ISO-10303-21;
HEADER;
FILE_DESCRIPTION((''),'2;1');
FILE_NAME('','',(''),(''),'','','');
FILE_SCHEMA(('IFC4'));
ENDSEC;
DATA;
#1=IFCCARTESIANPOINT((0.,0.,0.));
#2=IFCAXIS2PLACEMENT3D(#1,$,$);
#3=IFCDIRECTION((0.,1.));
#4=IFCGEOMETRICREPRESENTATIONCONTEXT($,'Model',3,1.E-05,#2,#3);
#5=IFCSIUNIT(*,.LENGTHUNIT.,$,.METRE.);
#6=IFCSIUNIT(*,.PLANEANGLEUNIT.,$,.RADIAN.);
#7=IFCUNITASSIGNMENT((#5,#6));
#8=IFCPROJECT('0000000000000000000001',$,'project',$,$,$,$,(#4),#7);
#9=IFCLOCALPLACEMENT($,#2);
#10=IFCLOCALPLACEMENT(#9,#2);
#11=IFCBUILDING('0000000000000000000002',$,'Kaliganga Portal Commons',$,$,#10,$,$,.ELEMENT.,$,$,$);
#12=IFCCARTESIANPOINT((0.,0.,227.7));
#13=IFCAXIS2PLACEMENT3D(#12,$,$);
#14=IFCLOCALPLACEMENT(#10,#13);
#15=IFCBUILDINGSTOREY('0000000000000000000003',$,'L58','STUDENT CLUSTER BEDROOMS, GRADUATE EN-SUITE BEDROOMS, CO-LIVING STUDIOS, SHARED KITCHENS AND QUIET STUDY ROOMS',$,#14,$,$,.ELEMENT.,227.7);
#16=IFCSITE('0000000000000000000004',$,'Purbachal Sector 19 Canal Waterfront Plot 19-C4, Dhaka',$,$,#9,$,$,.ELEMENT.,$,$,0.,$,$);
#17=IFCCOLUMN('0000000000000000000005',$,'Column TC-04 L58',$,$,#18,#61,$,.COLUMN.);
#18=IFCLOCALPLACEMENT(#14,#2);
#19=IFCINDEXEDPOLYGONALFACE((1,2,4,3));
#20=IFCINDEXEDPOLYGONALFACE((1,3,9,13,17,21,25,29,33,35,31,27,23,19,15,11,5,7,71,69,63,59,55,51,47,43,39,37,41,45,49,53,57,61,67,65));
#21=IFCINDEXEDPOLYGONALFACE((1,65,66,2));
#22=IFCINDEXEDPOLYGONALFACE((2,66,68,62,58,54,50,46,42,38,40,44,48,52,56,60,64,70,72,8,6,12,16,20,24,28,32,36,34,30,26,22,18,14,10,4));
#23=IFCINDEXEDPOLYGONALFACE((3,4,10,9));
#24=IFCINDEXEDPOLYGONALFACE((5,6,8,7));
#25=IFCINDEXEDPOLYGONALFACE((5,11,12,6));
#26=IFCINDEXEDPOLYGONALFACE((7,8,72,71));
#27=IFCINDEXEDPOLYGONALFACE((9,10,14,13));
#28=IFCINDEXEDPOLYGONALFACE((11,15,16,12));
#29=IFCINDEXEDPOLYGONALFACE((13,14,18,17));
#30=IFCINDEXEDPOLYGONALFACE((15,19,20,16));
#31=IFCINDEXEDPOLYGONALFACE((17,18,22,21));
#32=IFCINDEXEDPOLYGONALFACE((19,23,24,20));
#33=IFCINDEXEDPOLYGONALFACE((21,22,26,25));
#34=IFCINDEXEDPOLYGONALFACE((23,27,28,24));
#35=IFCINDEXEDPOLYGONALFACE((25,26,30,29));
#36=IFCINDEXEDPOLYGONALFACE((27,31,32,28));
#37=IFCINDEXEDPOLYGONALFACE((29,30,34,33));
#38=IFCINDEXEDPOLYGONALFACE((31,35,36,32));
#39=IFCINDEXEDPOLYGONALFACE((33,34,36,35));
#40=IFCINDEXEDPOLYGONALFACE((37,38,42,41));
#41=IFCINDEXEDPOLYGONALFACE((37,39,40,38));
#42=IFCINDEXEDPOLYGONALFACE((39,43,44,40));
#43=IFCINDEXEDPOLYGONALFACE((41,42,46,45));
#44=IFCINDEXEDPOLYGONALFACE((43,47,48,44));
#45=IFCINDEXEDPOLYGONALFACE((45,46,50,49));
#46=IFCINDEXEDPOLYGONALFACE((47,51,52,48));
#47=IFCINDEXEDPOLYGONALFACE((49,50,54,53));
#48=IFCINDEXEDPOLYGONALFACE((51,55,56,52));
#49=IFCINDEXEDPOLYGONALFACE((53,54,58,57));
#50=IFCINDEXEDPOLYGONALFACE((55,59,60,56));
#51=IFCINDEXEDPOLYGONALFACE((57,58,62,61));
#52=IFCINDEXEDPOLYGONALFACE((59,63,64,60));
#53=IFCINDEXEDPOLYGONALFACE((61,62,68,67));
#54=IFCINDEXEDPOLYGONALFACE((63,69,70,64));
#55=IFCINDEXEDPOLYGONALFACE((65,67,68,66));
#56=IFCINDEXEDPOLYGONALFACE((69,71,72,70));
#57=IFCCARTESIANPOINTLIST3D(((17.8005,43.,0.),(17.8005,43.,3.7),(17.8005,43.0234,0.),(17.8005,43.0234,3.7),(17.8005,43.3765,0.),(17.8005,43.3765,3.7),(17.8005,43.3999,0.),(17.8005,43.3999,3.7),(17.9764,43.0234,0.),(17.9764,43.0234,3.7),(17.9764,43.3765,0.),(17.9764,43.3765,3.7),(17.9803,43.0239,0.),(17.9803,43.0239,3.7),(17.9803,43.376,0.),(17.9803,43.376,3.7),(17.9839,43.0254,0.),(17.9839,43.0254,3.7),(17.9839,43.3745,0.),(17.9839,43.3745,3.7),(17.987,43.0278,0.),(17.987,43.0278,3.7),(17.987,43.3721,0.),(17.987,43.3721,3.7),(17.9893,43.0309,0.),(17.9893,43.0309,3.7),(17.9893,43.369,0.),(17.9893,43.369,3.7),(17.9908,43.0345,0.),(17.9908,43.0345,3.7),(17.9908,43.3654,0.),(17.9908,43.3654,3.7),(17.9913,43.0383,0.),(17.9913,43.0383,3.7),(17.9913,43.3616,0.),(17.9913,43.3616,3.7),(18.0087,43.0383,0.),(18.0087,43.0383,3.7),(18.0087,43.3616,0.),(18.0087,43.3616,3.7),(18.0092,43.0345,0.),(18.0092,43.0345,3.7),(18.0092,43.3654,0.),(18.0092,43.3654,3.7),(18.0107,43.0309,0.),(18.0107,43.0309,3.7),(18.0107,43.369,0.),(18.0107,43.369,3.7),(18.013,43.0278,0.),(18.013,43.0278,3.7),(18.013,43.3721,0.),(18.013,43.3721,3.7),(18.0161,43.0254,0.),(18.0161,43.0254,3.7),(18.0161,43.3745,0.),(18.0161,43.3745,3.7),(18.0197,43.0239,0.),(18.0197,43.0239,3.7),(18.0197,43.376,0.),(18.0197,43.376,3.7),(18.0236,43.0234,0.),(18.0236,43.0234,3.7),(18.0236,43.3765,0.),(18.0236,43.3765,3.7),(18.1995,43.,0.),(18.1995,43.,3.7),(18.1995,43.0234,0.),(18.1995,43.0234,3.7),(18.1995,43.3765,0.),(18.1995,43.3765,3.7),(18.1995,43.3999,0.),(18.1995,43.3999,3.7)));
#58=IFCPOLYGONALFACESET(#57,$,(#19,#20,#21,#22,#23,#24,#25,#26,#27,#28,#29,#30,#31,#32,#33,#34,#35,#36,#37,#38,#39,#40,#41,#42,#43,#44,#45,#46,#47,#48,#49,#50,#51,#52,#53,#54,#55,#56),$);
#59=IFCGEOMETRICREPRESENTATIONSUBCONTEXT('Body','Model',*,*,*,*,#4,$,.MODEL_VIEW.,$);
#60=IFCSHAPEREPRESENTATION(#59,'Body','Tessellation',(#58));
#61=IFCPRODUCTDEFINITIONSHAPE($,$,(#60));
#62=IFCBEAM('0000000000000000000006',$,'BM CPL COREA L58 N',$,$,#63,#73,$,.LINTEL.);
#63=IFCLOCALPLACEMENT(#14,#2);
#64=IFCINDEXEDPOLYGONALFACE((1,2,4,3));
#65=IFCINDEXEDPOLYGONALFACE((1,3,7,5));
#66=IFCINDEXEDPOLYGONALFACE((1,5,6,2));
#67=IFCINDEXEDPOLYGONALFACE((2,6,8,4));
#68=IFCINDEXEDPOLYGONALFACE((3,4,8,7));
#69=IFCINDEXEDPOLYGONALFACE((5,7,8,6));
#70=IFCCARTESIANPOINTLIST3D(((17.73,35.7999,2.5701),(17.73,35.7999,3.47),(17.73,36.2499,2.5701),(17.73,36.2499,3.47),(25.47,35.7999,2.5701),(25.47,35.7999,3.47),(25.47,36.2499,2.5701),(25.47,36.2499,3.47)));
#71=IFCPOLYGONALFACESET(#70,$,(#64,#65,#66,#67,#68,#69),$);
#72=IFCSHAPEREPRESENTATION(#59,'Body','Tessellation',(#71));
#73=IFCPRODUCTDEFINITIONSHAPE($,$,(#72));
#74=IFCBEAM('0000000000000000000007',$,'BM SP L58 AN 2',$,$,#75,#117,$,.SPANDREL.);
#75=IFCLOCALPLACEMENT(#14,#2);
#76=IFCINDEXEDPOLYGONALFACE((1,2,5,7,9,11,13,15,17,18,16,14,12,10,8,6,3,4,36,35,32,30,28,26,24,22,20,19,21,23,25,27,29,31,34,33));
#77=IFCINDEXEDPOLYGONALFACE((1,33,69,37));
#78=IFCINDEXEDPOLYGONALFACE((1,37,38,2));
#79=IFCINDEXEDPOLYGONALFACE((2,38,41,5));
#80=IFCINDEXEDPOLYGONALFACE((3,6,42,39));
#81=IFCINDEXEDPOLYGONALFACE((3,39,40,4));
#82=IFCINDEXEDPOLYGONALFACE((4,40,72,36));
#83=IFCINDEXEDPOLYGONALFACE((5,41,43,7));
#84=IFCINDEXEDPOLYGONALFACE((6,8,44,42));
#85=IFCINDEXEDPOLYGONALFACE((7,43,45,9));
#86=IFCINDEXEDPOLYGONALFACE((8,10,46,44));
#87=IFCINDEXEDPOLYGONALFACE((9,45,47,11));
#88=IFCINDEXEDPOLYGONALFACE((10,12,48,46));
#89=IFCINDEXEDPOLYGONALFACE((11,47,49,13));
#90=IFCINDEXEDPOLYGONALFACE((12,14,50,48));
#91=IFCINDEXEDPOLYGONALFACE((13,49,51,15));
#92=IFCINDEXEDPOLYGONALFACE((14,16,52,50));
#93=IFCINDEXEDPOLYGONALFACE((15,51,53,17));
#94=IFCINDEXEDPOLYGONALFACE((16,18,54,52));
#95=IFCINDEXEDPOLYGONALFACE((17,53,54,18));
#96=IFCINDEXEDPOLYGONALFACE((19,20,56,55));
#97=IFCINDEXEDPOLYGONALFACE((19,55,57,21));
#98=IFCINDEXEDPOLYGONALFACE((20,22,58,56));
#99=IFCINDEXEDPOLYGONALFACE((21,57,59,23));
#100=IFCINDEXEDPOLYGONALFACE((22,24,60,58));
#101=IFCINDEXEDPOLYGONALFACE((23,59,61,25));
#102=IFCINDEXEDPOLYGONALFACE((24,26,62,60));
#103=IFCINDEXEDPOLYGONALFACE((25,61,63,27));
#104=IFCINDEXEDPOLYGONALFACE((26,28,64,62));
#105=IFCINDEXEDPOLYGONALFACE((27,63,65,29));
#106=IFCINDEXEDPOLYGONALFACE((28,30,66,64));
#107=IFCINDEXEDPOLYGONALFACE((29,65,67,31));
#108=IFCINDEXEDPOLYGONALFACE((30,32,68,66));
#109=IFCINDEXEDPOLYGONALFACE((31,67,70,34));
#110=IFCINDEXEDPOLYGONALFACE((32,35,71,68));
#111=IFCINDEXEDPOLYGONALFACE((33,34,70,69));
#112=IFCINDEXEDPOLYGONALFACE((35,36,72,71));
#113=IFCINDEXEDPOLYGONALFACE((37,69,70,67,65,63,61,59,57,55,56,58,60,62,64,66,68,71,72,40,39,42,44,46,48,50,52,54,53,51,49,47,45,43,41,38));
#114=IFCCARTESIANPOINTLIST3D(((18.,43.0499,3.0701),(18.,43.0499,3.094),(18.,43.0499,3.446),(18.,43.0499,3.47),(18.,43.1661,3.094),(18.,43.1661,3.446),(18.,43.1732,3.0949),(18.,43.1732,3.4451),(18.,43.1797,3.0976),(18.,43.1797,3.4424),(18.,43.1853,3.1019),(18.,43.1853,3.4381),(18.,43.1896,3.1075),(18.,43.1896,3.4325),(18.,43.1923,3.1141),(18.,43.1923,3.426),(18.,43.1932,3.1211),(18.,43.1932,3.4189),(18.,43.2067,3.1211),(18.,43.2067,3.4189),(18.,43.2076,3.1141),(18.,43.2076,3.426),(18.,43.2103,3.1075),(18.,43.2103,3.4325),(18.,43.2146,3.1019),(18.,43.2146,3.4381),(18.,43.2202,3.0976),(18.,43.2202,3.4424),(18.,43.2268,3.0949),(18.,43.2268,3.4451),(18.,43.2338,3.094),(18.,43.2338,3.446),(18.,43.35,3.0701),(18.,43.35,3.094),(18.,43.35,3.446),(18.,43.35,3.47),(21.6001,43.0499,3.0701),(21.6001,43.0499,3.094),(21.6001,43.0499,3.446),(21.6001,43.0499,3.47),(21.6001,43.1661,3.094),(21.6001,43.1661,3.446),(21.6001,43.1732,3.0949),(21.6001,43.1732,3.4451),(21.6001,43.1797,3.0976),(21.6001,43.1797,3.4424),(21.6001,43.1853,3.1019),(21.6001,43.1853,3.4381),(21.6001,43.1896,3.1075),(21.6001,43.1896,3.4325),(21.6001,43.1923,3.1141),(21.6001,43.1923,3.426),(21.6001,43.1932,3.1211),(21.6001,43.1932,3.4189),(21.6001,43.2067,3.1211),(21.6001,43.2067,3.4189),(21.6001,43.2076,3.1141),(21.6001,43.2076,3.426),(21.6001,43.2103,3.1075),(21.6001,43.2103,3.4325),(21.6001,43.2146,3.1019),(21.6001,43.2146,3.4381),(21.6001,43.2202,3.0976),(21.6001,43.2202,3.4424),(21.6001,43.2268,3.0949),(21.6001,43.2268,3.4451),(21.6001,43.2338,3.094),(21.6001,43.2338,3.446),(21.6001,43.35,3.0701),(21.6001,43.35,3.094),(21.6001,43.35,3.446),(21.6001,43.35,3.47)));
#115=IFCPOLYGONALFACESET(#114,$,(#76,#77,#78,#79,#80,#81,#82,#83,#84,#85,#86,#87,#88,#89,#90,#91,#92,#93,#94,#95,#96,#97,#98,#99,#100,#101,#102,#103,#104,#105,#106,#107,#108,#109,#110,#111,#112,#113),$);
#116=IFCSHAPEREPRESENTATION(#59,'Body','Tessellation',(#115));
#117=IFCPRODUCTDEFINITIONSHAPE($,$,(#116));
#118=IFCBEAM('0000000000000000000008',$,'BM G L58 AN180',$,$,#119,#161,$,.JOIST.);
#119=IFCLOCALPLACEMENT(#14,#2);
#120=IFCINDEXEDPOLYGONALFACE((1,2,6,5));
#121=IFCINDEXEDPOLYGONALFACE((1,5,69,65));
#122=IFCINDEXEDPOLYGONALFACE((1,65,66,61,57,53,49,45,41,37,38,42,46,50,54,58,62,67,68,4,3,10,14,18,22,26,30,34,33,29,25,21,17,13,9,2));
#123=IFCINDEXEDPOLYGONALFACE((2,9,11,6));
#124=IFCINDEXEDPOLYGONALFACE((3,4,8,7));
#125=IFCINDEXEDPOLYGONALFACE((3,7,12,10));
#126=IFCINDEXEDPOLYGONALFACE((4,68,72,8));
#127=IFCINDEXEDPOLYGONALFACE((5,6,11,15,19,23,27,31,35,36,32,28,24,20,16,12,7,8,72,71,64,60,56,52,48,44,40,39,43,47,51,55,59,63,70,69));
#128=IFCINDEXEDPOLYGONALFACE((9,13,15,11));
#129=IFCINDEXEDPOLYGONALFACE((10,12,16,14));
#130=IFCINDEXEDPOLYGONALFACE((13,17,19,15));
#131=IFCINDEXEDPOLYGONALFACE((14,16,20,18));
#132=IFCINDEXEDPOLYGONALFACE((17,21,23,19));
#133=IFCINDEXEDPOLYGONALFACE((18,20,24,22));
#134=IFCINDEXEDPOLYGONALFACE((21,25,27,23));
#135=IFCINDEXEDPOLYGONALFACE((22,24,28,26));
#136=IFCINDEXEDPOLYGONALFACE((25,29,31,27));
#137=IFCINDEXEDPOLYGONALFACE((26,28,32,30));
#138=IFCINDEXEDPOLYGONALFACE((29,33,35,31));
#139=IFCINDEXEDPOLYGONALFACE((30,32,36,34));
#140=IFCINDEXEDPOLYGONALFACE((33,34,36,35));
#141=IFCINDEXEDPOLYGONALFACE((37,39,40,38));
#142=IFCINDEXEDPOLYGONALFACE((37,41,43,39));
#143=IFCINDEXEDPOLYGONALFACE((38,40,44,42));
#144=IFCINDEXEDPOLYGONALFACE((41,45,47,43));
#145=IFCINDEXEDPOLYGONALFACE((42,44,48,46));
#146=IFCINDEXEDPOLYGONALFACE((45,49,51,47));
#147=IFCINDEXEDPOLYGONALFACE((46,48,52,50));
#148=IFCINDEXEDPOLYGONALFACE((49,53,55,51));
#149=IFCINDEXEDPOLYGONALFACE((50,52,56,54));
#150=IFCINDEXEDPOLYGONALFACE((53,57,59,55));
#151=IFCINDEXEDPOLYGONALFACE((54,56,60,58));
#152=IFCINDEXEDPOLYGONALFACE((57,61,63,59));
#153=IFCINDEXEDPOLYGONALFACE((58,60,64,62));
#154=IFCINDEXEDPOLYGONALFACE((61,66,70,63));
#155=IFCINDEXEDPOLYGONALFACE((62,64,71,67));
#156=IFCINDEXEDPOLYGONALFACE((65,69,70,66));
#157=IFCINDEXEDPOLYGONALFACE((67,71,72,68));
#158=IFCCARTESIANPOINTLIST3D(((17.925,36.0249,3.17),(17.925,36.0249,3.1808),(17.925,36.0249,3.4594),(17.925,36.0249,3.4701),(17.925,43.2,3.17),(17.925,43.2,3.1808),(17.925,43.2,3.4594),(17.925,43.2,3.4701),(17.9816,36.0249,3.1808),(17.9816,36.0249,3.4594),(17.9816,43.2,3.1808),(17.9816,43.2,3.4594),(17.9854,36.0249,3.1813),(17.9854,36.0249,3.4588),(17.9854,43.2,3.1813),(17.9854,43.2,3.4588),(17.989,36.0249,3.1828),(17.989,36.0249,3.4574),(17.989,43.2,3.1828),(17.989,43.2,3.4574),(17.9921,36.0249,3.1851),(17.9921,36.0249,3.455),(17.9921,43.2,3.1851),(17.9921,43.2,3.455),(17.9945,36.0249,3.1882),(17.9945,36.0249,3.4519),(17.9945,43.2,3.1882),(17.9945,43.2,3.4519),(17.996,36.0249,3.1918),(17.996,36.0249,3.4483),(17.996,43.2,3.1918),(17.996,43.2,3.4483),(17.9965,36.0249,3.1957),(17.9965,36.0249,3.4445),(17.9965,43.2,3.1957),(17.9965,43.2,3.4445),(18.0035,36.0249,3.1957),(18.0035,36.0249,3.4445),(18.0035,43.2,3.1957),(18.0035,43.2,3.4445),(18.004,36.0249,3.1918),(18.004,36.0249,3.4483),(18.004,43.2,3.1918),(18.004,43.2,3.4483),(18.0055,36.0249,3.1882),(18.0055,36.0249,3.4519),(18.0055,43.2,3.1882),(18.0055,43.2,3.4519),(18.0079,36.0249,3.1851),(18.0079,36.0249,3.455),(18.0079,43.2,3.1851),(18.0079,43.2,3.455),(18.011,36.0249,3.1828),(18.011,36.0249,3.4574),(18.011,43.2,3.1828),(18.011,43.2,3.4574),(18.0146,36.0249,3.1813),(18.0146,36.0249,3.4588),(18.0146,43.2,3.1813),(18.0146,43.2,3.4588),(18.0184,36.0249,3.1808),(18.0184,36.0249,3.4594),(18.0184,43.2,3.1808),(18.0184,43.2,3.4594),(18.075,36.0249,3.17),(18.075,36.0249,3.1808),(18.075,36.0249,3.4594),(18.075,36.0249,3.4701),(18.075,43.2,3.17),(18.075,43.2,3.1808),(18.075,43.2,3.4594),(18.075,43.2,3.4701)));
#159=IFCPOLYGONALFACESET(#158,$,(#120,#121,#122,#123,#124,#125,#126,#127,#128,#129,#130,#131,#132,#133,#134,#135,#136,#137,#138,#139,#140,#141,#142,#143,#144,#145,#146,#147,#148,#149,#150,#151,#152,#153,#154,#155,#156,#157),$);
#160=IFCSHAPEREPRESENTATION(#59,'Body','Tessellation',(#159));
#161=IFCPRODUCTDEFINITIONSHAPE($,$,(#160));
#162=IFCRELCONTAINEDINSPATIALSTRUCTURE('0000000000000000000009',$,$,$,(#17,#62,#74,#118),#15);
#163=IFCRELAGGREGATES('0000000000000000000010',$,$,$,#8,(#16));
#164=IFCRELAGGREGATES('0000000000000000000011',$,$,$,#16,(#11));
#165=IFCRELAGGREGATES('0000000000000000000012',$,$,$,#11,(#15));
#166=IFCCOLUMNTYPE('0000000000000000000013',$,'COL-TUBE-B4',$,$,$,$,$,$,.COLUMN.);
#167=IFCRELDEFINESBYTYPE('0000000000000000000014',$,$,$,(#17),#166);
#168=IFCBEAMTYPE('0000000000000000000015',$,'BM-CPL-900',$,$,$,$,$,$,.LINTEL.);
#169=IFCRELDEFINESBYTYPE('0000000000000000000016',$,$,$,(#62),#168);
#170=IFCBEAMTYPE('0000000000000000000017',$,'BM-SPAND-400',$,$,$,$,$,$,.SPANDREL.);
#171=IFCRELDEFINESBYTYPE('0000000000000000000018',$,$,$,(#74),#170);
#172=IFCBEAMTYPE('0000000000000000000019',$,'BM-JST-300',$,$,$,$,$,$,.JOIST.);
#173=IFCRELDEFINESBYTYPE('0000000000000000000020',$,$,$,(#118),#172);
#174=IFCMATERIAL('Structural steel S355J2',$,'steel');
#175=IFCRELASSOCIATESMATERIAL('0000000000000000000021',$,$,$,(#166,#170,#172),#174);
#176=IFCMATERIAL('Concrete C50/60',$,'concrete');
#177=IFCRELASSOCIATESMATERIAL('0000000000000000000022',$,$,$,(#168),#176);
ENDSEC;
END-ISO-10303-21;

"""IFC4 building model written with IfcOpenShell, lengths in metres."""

from ifc_helpers import new_model, si_unit, direction, frame, origin, origin_2d, place, context, subcontext, project, spatial, rectangle, i_section, extrude, source, transform, mapped, material, material_profile, profile_set, type_object, element, save


model = new_model("IFC4")

# Units and contexts
model_context = context("Model", 3, precision=1e-05, world=origin(), true_north=direction((0.0, 1.0)))
body_context = subcontext(model_context, "Body", "Model", "MODEL_VIEW")
ifc_project = project(units=[si_unit("LENGTHUNIT", "METRE"), si_unit("PLANEANGLEUNIT", "RADIAN")], contexts=[model_context])

# Site, building, storey
site_placement = place(None, origin())
site = spatial("IfcSite", under=ifc_project, at=site_placement, Name="Purbachal Sector 19 Canal Waterfront Plot 19-C4, Dhaka", CompositionType="ELEMENT", RefElevation=0.0)
building_placement = place(site_placement, origin())
building = spatial("IfcBuilding", under=site, at=building_placement, Name="Kaliganga Portal Commons", CompositionType="ELEMENT")
storey_placement = place(building_placement, frame((0.0, 0.0, 227.7)))
storey = spatial("IfcBuildingStorey", under=building, at=storey_placement, Name="L58", Description="STUDENT CLUSTER BEDROOMS, GRADUATE EN-SUITE BEDROOMS, CO-LIVING STUDIOS, SHARED KITCHENS AND QUIET STUDY ROOMS", CompositionType="ELEMENT", Elevation=227.7)

# Column
ifc_material_1 = material(Name="Structural steel S355J2", Category="steel")
ifc_material_profile_1 = material_profile(ifc_material_1, i_section(OverallWidth=0.3989, OverallDepth=0.3999, WebThickness=0.0173, FlangeThickness=0.0234, FilletRadius=0.0149, at=origin_2d()), Name="HD 400x287")
ifc_profile_set_1 = profile_set([ifc_material_profile_1], Name="Structural steel S355J2 wide-flange")
column_type = type_object("IfcColumnType", Name="COL-TUBE-B4", PredefinedType="COLUMN", material=ifc_profile_set_1)
shared_shape_1 = source(origin(), body_context, "Body", "SweptSolid", [
    extrude(i_section(OverallWidth=0.3989, OverallDepth=0.3999, WebThickness=0.0173, FlangeThickness=0.0234, FilletRadius=0.0149, at=origin_2d()), origin(), (0.0, 0.0, 1.0), 3.7),
])
column_placement = place(storey_placement, frame((18.0, 43.2, 0.0), z_axis=(0.0, 0.0, 1.0), x_axis=(1.0, 0.0, 0.0)))
element("IfcColumn", 1, at=column_placement, inside=storey, type_object=column_type, Name="Column TC-04 L58", PredefinedType="COLUMN", context=body_context, shape_type="MappedRepresentation", body=[
    mapped(shared_shape_1, transform((0.0, 0.0, 0.0), x_axis=(1.0, 0.0, 0.0), y_axis=(0.0, 1.0, 0.0), z_axis=(0.0, 0.0, 1.0), scale=1.0)),
])

# Beams
ifc_material_2 = material(Name="Concrete C50/60", Category="concrete")
ifc_material_profile_2 = material_profile(ifc_material_2, rectangle(XDim=0.45, YDim=0.8999, at=origin_2d()), Name="RC 450x900")
ifc_profile_set_2 = profile_set([ifc_material_profile_2], Name="Concrete C50/60")
beam_type_1 = type_object("IfcBeamType", Name="BM-CPL-900", PredefinedType="LINTEL", material=ifc_profile_set_2)
shared_shape_2 = source(origin(), body_context, "Body", "SweptSolid", [
    extrude(rectangle(XDim=0.45, YDim=0.8999, at=origin_2d()), origin(), (0.0, 0.0, 1.0), 7.74),
])
beam_1_placement = place(storey_placement, frame((17.73, 36.0249, 3.02), z_axis=(1.0, 0.0, 0.0), x_axis=(0.0, 1.0, 0.0)))
element("IfcBeam", 2, at=beam_1_placement, inside=storey, type_object=beam_type_1, Name="BM CPL COREA L58 N", PredefinedType="LINTEL", context=body_context, shape_type="MappedRepresentation", body=[
    mapped(shared_shape_2, transform((0.0, 0.0, 0.0), x_axis=(1.0, 0.0, 0.0), y_axis=(0.0, 1.0, 0.0), z_axis=(0.0, 0.0, 1.0), scale=1.0)),
])
ifc_material_profile_3 = material_profile(ifc_material_1, i_section(OverallWidth=0.3, OverallDepth=0.3999, WebThickness=0.0134, FlangeThickness=0.0239, FilletRadius=0.0271, at=origin_2d()), Name="HE 400 B")
ifc_profile_set_3 = profile_set([ifc_material_profile_3], Name="Structural steel S355J2 wide-flange")
beam_type_2 = type_object("IfcBeamType", Name="BM-SPAND-400", PredefinedType="SPANDREL", material=ifc_profile_set_3)
shared_shape_3 = source(origin(), body_context, "Body", "SweptSolid", [
    extrude(i_section(OverallWidth=0.3, OverallDepth=0.3999, WebThickness=0.0134, FlangeThickness=0.0239, FilletRadius=0.0271, at=origin_2d()), origin(), (0.0, 0.0, 1.0), 3.6001),
])
beam_2_placement = place(storey_placement, frame((18.0, 43.2, 3.27), z_axis=(1.0, 0.0, 0.0), x_axis=(0.0, 1.0, 0.0)))
element("IfcBeam", 3, at=beam_2_placement, inside=storey, type_object=beam_type_2, Name="BM SP L58 AN 2", PredefinedType="SPANDREL", context=body_context, shape_type="MappedRepresentation", body=[
    mapped(shared_shape_3, transform((0.0, 0.0, 0.0), x_axis=(1.0, 0.0, 0.0), y_axis=(0.0, 1.0, 0.0), z_axis=(0.0, 0.0, 1.0), scale=1.0)),
])
ifc_material_profile_4 = material_profile(ifc_material_1, i_section(OverallWidth=0.1499, OverallDepth=0.3, WebThickness=0.0071, FlangeThickness=0.0107, FilletRadius=0.0149, at=origin_2d()), Name="IPE 300")
ifc_profile_set_4 = profile_set([ifc_material_profile_4], Name="Structural steel S355J2 wide-flange")
beam_type_3 = type_object("IfcBeamType", Name="BM-JST-300", PredefinedType="JOIST", material=ifc_profile_set_4)
shared_shape_4 = source(origin(), body_context, "Body", "SweptSolid", [
    extrude(i_section(OverallWidth=0.1499, OverallDepth=0.3, WebThickness=0.0071, FlangeThickness=0.0107, FilletRadius=0.0149, at=origin_2d()), origin(), (0.0, 0.0, 1.0), 7.175),
])
beam_3_placement = place(storey_placement, frame((18.0, 36.0249, 3.3201), z_axis=(0.0, 1.0, 0.0), x_axis=(-1.0, 0.0, 0.0)))
element("IfcBeam", 4, at=beam_3_placement, inside=storey, type_object=beam_type_3, Name="BM G L58 AN180", PredefinedType="JOIST", context=body_context, shape_type="MappedRepresentation", body=[
    mapped(shared_shape_4, transform((0.0, 0.0, 0.0), x_axis=(1.0, 0.0, 0.0), y_axis=(0.0, 1.0, 0.0), z_axis=(0.0, 0.0, 1.0), scale=1.0)),
])

save(model, "model.ifc")
